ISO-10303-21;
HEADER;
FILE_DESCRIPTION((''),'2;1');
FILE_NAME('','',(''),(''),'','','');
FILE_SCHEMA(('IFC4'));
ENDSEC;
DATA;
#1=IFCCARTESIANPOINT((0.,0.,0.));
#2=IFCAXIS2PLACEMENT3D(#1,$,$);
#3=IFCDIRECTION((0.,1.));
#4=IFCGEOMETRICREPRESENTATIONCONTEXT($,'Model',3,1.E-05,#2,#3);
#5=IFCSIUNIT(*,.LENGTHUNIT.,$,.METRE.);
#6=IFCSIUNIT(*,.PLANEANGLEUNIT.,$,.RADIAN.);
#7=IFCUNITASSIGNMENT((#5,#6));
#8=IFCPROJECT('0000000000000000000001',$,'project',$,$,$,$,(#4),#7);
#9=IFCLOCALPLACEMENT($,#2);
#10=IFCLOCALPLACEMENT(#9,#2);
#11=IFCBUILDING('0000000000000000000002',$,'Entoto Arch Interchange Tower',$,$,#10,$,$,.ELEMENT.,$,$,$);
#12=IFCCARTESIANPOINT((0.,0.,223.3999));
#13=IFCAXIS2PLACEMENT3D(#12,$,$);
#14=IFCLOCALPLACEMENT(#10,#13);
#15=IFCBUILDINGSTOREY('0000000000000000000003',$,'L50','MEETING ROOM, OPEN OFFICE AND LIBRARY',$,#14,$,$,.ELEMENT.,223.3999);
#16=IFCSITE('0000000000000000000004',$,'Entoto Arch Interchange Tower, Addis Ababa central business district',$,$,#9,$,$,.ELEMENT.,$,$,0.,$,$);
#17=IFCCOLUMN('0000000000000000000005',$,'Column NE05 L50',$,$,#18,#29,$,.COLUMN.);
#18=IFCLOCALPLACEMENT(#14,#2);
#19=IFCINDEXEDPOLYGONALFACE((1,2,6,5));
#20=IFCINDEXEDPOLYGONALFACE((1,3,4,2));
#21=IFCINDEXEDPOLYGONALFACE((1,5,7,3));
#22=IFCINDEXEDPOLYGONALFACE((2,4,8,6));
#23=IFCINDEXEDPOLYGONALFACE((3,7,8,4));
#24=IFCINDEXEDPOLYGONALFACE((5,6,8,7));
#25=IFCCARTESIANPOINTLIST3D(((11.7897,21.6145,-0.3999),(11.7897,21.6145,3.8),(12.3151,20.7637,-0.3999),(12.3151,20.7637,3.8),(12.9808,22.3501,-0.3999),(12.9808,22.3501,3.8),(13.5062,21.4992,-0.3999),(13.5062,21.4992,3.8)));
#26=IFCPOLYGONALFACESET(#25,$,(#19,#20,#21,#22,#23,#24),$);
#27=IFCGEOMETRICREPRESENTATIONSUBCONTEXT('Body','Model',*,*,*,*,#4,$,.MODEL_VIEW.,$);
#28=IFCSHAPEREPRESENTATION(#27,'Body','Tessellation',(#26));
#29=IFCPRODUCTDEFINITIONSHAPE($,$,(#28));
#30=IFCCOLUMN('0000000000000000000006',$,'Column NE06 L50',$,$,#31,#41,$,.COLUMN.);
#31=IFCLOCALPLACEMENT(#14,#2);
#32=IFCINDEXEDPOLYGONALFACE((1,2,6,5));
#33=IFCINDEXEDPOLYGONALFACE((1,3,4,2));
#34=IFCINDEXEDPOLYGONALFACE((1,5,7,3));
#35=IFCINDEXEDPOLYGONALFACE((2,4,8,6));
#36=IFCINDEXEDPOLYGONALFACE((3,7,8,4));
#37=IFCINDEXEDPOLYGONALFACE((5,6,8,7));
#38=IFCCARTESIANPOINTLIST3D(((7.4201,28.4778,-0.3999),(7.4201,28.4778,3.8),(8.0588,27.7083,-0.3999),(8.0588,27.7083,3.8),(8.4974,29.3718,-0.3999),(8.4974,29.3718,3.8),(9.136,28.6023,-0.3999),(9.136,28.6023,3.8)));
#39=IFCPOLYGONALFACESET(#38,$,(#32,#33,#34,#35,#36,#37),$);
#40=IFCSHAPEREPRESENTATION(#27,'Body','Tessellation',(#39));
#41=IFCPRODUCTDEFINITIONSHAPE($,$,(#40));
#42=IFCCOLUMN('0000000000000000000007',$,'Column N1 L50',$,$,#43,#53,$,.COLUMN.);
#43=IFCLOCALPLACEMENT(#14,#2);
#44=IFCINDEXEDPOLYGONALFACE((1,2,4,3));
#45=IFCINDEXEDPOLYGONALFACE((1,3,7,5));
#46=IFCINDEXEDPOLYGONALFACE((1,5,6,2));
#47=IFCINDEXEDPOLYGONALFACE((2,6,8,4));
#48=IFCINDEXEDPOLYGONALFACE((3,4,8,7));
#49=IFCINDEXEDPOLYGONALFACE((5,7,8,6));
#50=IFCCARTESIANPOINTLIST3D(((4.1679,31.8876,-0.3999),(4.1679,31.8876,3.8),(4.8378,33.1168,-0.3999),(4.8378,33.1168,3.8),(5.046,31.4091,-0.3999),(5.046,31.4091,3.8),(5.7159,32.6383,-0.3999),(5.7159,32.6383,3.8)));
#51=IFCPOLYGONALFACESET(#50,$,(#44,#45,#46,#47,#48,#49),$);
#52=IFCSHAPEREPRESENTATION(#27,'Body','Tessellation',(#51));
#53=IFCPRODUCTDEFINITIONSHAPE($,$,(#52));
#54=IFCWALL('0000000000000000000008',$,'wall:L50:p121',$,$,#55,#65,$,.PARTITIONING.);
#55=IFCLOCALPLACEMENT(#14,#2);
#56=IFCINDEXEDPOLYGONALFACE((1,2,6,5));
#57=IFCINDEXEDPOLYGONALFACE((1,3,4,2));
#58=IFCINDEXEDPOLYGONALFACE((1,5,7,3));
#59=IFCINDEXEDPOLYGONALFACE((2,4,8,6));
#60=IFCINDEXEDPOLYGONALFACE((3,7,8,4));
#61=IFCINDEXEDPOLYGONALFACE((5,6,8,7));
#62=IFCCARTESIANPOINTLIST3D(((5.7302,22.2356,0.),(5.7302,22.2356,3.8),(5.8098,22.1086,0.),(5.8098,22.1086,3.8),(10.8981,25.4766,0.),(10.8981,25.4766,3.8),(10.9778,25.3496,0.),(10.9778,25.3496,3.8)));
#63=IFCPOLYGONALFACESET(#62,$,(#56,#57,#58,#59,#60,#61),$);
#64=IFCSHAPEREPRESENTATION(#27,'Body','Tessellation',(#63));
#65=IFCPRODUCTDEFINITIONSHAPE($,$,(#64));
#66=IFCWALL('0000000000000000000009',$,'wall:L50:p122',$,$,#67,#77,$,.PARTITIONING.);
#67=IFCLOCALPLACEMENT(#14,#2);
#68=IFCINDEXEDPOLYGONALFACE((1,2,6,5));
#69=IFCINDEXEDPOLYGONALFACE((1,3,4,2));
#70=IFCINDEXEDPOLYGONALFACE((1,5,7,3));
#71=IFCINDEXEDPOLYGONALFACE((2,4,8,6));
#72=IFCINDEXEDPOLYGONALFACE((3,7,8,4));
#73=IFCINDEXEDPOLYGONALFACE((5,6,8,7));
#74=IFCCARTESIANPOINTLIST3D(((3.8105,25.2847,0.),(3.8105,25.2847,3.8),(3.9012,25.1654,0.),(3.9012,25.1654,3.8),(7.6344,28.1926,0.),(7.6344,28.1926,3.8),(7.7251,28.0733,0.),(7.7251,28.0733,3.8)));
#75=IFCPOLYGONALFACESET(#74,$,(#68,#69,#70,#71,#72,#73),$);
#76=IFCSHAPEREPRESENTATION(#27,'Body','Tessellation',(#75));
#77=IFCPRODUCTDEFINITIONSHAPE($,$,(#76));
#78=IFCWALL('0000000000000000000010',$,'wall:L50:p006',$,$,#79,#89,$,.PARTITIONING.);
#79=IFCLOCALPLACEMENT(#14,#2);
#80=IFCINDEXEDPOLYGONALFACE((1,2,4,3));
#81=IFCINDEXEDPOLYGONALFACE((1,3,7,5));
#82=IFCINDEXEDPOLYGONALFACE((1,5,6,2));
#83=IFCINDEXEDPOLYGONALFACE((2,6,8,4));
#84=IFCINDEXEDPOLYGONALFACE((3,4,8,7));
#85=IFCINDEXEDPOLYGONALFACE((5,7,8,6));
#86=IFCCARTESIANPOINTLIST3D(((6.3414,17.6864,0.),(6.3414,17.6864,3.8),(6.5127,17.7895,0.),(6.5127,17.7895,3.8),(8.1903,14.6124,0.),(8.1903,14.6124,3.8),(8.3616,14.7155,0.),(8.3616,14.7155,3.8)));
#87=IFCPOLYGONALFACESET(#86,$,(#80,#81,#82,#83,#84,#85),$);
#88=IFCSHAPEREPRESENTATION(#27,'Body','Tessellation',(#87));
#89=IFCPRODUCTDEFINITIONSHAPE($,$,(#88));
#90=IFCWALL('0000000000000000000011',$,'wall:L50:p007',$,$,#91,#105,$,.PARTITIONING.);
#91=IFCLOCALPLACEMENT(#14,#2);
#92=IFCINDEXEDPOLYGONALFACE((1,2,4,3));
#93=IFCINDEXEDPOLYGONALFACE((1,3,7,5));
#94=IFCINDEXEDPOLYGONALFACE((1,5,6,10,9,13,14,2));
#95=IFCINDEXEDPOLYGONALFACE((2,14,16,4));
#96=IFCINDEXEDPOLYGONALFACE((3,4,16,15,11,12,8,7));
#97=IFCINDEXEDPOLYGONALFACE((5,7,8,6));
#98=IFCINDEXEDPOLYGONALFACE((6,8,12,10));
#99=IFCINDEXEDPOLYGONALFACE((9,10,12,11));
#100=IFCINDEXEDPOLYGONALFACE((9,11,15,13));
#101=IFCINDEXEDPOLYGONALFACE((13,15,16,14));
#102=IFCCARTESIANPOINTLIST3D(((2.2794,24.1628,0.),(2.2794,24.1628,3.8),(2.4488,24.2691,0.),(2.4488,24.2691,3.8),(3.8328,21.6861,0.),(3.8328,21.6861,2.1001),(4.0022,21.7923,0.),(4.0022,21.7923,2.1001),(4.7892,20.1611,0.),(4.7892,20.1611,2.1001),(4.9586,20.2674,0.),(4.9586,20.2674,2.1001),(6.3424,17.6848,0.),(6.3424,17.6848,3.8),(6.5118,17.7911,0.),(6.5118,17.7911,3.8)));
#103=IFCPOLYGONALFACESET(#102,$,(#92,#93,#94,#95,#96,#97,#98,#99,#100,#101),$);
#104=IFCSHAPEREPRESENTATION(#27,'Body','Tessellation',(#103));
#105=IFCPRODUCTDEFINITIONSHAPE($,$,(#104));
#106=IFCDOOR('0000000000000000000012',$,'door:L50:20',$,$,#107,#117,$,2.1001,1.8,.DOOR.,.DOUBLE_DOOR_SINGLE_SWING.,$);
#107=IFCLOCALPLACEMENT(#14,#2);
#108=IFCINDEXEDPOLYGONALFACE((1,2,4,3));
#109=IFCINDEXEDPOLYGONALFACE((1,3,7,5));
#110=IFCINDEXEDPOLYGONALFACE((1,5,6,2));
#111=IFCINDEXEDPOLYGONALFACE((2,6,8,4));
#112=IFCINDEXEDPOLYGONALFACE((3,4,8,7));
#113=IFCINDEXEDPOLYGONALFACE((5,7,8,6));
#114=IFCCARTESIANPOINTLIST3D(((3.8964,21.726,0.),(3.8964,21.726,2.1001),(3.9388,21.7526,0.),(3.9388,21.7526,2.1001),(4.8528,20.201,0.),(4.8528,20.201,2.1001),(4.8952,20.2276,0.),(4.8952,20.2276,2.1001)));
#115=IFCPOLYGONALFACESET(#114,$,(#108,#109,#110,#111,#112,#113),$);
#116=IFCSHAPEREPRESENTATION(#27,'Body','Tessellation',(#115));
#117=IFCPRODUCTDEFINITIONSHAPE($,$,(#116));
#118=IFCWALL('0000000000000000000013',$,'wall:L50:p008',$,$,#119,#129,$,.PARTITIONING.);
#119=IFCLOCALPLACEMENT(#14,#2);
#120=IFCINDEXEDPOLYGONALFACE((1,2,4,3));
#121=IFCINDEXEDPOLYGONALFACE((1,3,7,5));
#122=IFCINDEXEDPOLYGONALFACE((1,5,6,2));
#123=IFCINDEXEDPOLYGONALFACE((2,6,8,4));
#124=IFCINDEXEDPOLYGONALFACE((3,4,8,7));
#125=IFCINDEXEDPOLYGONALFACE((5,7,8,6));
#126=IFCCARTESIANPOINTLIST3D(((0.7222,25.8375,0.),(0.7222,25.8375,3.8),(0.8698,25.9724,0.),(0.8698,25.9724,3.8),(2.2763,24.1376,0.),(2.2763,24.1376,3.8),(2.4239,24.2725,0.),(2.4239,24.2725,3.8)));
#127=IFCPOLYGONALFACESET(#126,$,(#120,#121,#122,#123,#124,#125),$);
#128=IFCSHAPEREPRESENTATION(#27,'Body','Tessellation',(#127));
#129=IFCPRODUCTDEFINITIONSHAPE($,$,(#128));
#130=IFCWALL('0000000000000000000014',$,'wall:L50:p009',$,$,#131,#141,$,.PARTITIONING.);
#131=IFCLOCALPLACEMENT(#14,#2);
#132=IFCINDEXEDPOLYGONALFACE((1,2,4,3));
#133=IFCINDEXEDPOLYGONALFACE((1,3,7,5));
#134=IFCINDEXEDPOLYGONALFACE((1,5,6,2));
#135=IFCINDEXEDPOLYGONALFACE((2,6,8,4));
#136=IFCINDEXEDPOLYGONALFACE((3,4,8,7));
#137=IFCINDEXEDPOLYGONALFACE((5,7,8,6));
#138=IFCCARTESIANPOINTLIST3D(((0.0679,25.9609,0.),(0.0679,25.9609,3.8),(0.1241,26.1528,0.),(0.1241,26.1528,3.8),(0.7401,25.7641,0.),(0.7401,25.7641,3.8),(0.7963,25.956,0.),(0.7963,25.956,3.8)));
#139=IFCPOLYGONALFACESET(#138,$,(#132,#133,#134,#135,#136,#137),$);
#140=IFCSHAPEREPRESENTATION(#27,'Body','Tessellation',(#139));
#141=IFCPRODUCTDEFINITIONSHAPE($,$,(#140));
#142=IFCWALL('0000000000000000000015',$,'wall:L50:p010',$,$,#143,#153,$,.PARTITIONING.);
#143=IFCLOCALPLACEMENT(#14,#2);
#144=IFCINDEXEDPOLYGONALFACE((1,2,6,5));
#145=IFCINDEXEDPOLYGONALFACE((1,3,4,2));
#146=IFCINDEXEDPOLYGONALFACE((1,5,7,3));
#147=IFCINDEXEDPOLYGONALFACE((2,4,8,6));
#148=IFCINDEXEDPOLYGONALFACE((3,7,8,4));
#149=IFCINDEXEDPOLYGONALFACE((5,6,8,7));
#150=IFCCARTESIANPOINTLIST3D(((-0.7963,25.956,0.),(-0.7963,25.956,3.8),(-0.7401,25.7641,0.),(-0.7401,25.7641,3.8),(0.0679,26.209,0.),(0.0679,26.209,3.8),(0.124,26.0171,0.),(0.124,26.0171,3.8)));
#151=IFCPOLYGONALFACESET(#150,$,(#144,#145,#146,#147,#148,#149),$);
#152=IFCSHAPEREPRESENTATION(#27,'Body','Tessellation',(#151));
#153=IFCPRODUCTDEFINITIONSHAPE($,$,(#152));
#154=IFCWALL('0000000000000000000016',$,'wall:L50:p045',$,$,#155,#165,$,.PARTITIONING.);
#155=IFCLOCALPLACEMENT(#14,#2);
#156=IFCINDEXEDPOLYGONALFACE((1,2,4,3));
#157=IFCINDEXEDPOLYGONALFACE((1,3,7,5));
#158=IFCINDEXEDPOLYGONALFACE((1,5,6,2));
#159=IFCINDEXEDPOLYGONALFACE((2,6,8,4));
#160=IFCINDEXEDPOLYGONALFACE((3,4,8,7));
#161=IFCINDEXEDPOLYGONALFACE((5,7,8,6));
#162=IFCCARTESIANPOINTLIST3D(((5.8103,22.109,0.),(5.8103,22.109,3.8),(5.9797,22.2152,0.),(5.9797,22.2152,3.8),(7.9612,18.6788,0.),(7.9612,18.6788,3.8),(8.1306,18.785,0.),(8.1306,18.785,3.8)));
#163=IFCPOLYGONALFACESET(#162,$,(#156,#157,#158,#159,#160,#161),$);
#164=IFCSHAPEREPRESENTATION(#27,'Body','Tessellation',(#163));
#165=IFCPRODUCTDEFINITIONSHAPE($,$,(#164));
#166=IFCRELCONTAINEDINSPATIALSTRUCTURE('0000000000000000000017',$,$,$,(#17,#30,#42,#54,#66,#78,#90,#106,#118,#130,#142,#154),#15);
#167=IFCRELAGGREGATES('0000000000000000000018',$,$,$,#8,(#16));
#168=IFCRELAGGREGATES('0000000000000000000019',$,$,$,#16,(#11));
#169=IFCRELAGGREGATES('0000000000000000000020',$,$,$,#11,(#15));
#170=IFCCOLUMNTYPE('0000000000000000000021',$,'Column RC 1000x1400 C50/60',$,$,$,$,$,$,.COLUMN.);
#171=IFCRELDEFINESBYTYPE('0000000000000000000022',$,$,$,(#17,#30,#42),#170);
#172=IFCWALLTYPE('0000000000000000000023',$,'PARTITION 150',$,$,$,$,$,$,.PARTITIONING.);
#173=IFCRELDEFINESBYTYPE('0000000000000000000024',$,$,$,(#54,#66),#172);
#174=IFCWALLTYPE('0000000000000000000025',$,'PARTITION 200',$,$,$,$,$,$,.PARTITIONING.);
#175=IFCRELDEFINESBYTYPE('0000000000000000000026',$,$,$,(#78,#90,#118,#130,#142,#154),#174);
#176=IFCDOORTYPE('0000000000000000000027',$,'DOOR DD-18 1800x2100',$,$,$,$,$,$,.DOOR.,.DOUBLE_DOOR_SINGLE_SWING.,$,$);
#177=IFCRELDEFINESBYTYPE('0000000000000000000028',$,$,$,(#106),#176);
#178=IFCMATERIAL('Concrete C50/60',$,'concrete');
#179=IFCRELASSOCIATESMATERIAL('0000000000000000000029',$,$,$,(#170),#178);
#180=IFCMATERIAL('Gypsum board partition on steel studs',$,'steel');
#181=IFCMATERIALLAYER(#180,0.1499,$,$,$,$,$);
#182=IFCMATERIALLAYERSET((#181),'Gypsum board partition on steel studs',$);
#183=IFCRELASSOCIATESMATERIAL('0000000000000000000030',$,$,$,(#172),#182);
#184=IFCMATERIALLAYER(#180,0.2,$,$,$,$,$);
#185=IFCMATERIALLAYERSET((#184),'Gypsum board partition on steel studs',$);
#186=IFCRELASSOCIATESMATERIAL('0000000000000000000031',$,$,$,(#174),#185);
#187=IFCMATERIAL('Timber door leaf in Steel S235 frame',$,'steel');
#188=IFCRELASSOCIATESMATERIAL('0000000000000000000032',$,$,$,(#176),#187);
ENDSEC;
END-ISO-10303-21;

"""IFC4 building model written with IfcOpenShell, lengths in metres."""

from ifc_helpers import new_model, si_unit, direction, frame, frame_2d, origin, origin_2d, place, context, subcontext, project, spatial, rectangle, extrude, material, layer, layer_set, material_profile, profile_set, type_object, element, fill, save


model = new_model("IFC4")

# Units and contexts
model_context = context("Model", 3, precision=1e-05, world=origin(), true_north=direction((0.0, 1.0)))
body_context = subcontext(model_context, "Body", "Model", "MODEL_VIEW")
ifc_project = project(units=[si_unit("LENGTHUNIT", "METRE"), si_unit("PLANEANGLEUNIT", "RADIAN")], contexts=[model_context])

# Site, building, storey
site_placement = place(None, origin())
site = spatial("IfcSite", under=ifc_project, at=site_placement, Name="Entoto Arch Interchange Tower, Addis Ababa central business district", CompositionType="ELEMENT", RefElevation=0.0)
building_placement = place(site_placement, origin())
building = spatial("IfcBuilding", under=site, at=building_placement, Name="Entoto Arch Interchange Tower", CompositionType="ELEMENT")
storey_placement = place(building_placement, frame((0.0, 0.0, 223.3999)))
storey = spatial("IfcBuildingStorey", under=building, at=storey_placement, Name="L50", Description="MEETING ROOM, OPEN OFFICE AND LIBRARY", CompositionType="ELEMENT", Elevation=223.3999)

# Columns
ifc_material_1 = material(Name="Concrete C50/60", Category="concrete")
ifc_material_profile = material_profile(ifc_material_1, rectangle(XDim=1.0, YDim=1.3999, at=origin_2d()))
ifc_profile_set = profile_set([ifc_material_profile], Name="Concrete C50/60")
column_type = type_object("IfcColumnType", Name="Column RC 1000x1400 C50/60", PredefinedType="COLUMN", material=ifc_profile_set)
for number, where, z_axis, x_axis, name in (
    (1, (12.6479, 21.5569, -0.3999), (0.0, 0.0, 1.0), (-0.525427, 0.850839, 0.0), "Column NE05 L50"),
    (2, (8.2781, 28.54, -0.3999), (0.0, 0.0, 1.0), (-0.63866, 0.769489, 0.0), "Column NE06 L50"),
    (3, (4.9419, 32.2629, -0.3999), (0.0, 0.0, 1.0), (-0.8781, 0.478477, 0.0), "Column N1 L50"),
):
    element("IfcColumn", number, at=place(storey_placement, frame(where, z_axis=z_axis, x_axis=x_axis)), inside=storey, type_object=column_type, Name=name, PredefinedType="COLUMN", context=body_context, shape_type="SweptSolid", body=[
        extrude(rectangle(XDim=1.0, YDim=1.3999, at=origin_2d()), origin(), (0.0, 0.0, 1.0), 4.2),
    ])

# Walls
ifc_material_2 = material(Name="Gypsum board partition on steel studs", Category="steel")
ifc_layer_1 = layer(ifc_material_2, 0.1499)
ifc_layer_set_1 = layer_set([ifc_layer_1], Name="Gypsum board partition on steel studs")
wall_type_1 = type_object("IfcWallType", Name="PARTITION 150", PredefinedType="PARTITIONING", material=ifc_layer_set_1)
wall_1_placement = place(storey_placement, frame((5.77, 22.1721, 0.0), z_axis=(0.0, 0.0, 1.0), x_axis=(0.847188, 0.531293, 0.0)))
element("IfcWall", 4, at=wall_1_placement, inside=storey, type_object=wall_type_1, Name="wall:L50:p121", PredefinedType="PARTITIONING", context=body_context, shape_type="SweptSolid", body=[
    extrude(rectangle(XDim=6.1001, YDim=0.1499, at=frame_2d((3.05, 0.0))), origin(), (0.0, 0.0, 1.0), 3.8),
])
wall_2_placement = place(storey_placement, frame((3.856, 25.2251, 0.0), z_axis=(0.0, 0.0, 1.0), x_axis=(0.795988, 0.605313, 0.0)))
element("IfcWall", 5, at=wall_2_placement, inside=storey, type_object=wall_type_1, Name="wall:L50:p122", PredefinedType="PARTITIONING", context=body_context, shape_type="SweptSolid", body=[
    extrude(rectangle(XDim=4.804, YDim=0.1499, at=frame_2d((2.4019, 0.0))), origin(), (0.0, 0.0, 1.0), 3.8),
])
ifc_layer_2 = layer(ifc_material_2, 0.2)
ifc_layer_set_2 = layer_set([ifc_layer_2], Name="Gypsum board partition on steel studs")
wall_type_2 = type_object("IfcWallType", Name="PARTITION 200", PredefinedType="PARTITIONING", material=ifc_layer_set_2)
wall_3_placement = place(storey_placement, frame((8.2759, 14.6641, 0.0), z_axis=(0.0, 0.0, 1.0), x_axis=(-0.515416, 0.85694, 0.0)))
element("IfcWall", 6, at=wall_3_placement, inside=storey, type_object=wall_type_2, Name="wall:L50:p006", PredefinedType="PARTITIONING", context=body_context, shape_type="SweptSolid", body=[
    extrude(rectangle(XDim=3.5872, YDim=0.2, at=frame_2d((1.7935, 0.0))), origin(), (0.0, 0.0, 1.0), 3.8),
])

# Wall, opening, door
wall_4_placement = place(storey_placement, frame((6.427, 17.738, 0.0), z_axis=(0.0, 0.0, 1.0), x_axis=(-0.531336, 0.847161, 0.0)))
wall_4 = element("IfcWall", 7, at=wall_4_placement, inside=storey, type_object=wall_type_2, Name="wall:L50:p007", PredefinedType="PARTITIONING", context=body_context, shape_type="SweptSolid", body=[
    extrude(rectangle(XDim=7.6467, YDim=0.2, at=frame_2d((3.8232, 0.0))), origin(), (0.0, 0.0, 1.0), 3.8),
])
opening_1_placement = place(wall_4_placement, frame((2.9231, 0.0, 0.0)))
opening_1 = element("IfcOpeningElement", 8, at=opening_1_placement, cuts=wall_4, PredefinedType="OPENING", context=body_context, shape_type="SweptSolid", body=[
    extrude(rectangle(XDim=1.8, YDim=2.1001, at=frame_2d((0.8999, 1.05))), frame((0.0, 0.1099, 0.0), z_axis=(0.0, -1.0, 0.0), x_axis=(1.0, 0.0, 0.0)), (0.0, 0.0, 1.0), 0.22),
])
ifc_material_3 = material(Name="Timber door leaf in Steel S235 frame", Category="steel")
door_type_1 = type_object("IfcDoorType", Name="DOOR DD-18 1800x2100", OperationType="DOUBLE_DOOR_SINGLE_SWING", PredefinedType="DOOR", material=ifc_material_3)
door_1_placement = place(opening_1_placement, origin())
door_1 = element("IfcDoor", 9, at=door_1_placement, inside=storey, type_object=door_type_1, Name="door:L50:20", OperationType="DOUBLE_DOOR_SINGLE_SWING", OverallHeight=2.1001, OverallWidth=1.8, PredefinedType="DOOR", context=body_context, shape_type="SweptSolid", body=[
    extrude(rectangle(XDim=1.8, YDim=2.1001, at=frame_2d((0.8999, 1.05))), frame((0.0, 0.0249, 0.0), z_axis=(0.0, -1.0, 0.0), x_axis=(1.0, 0.0, 0.0)), (0.0, 0.0, 1.0), 0.05),
])
fill(opening_1, door_1)

# Walls
wall_5_placement = place(storey_placement, frame((2.3501, 24.2051, 0.0), z_axis=(0.0, 0.0, 1.0), x_axis=(-0.674759, 0.738038, 0.0)))
element("IfcWall", 10, at=wall_5_placement, inside=storey, type_object=wall_type_2, Name="wall:L50:p008", PredefinedType="PARTITIONING", context=body_context, shape_type="SweptSolid", body=[
    extrude(rectangle(XDim=2.3032, YDim=0.2, at=frame_2d((1.1516, 0.0))), origin(), (0.0, 0.0, 1.0), 3.8),
])
wall_6_placement = place(storey_placement, frame((0.7681, 25.8601, 0.0), z_axis=(0.0, 0.0, 1.0), x_axis=(-0.959714, 0.280977, 0.0)))
element("IfcWall", 11, at=wall_6_placement, inside=storey, type_object=wall_type_2, Name="wall:L50:p009", PredefinedType="PARTITIONING", context=body_context, shape_type="SweptSolid", body=[
    extrude(rectangle(XDim=0.7004, YDim=0.2, at=frame_2d((0.3501, 0.0))), origin(), (0.0, 0.0, 1.0), 3.8),
])
wall_7_placement = place(storey_placement, frame((0.0959, 26.113, 0.0), z_axis=(0.0, 0.0, 1.0), x_axis=(-0.959723, -0.280947, 0.0)))
element("IfcWall", 12, at=wall_7_placement, inside=storey, type_object=wall_type_2, Name="wall:L50:p010", PredefinedType="PARTITIONING", context=body_context, shape_type="SweptSolid", body=[
    extrude(rectangle(XDim=0.9004, YDim=0.2, at=frame_2d((0.4502, 0.0))), origin(), (0.0, 0.0, 1.0), 3.8),
])
wall_8_placement = place(storey_placement, frame((5.895, 22.1621, 0.0), z_axis=(0.0, 0.0, 1.0), x_axis=(0.531245, -0.847218, 0.0)))
element("IfcWall", 13, at=wall_8_placement, inside=storey, type_object=wall_type_2, Name="wall:L50:p045", PredefinedType="PARTITIONING", context=body_context, shape_type="SweptSolid", body=[
    extrude(rectangle(XDim=4.0488, YDim=0.2, at=frame_2d((2.0244, 0.0))), origin(), (0.0, 0.0, 1.0), 3.8),
])

save(model, "model.ifc")
